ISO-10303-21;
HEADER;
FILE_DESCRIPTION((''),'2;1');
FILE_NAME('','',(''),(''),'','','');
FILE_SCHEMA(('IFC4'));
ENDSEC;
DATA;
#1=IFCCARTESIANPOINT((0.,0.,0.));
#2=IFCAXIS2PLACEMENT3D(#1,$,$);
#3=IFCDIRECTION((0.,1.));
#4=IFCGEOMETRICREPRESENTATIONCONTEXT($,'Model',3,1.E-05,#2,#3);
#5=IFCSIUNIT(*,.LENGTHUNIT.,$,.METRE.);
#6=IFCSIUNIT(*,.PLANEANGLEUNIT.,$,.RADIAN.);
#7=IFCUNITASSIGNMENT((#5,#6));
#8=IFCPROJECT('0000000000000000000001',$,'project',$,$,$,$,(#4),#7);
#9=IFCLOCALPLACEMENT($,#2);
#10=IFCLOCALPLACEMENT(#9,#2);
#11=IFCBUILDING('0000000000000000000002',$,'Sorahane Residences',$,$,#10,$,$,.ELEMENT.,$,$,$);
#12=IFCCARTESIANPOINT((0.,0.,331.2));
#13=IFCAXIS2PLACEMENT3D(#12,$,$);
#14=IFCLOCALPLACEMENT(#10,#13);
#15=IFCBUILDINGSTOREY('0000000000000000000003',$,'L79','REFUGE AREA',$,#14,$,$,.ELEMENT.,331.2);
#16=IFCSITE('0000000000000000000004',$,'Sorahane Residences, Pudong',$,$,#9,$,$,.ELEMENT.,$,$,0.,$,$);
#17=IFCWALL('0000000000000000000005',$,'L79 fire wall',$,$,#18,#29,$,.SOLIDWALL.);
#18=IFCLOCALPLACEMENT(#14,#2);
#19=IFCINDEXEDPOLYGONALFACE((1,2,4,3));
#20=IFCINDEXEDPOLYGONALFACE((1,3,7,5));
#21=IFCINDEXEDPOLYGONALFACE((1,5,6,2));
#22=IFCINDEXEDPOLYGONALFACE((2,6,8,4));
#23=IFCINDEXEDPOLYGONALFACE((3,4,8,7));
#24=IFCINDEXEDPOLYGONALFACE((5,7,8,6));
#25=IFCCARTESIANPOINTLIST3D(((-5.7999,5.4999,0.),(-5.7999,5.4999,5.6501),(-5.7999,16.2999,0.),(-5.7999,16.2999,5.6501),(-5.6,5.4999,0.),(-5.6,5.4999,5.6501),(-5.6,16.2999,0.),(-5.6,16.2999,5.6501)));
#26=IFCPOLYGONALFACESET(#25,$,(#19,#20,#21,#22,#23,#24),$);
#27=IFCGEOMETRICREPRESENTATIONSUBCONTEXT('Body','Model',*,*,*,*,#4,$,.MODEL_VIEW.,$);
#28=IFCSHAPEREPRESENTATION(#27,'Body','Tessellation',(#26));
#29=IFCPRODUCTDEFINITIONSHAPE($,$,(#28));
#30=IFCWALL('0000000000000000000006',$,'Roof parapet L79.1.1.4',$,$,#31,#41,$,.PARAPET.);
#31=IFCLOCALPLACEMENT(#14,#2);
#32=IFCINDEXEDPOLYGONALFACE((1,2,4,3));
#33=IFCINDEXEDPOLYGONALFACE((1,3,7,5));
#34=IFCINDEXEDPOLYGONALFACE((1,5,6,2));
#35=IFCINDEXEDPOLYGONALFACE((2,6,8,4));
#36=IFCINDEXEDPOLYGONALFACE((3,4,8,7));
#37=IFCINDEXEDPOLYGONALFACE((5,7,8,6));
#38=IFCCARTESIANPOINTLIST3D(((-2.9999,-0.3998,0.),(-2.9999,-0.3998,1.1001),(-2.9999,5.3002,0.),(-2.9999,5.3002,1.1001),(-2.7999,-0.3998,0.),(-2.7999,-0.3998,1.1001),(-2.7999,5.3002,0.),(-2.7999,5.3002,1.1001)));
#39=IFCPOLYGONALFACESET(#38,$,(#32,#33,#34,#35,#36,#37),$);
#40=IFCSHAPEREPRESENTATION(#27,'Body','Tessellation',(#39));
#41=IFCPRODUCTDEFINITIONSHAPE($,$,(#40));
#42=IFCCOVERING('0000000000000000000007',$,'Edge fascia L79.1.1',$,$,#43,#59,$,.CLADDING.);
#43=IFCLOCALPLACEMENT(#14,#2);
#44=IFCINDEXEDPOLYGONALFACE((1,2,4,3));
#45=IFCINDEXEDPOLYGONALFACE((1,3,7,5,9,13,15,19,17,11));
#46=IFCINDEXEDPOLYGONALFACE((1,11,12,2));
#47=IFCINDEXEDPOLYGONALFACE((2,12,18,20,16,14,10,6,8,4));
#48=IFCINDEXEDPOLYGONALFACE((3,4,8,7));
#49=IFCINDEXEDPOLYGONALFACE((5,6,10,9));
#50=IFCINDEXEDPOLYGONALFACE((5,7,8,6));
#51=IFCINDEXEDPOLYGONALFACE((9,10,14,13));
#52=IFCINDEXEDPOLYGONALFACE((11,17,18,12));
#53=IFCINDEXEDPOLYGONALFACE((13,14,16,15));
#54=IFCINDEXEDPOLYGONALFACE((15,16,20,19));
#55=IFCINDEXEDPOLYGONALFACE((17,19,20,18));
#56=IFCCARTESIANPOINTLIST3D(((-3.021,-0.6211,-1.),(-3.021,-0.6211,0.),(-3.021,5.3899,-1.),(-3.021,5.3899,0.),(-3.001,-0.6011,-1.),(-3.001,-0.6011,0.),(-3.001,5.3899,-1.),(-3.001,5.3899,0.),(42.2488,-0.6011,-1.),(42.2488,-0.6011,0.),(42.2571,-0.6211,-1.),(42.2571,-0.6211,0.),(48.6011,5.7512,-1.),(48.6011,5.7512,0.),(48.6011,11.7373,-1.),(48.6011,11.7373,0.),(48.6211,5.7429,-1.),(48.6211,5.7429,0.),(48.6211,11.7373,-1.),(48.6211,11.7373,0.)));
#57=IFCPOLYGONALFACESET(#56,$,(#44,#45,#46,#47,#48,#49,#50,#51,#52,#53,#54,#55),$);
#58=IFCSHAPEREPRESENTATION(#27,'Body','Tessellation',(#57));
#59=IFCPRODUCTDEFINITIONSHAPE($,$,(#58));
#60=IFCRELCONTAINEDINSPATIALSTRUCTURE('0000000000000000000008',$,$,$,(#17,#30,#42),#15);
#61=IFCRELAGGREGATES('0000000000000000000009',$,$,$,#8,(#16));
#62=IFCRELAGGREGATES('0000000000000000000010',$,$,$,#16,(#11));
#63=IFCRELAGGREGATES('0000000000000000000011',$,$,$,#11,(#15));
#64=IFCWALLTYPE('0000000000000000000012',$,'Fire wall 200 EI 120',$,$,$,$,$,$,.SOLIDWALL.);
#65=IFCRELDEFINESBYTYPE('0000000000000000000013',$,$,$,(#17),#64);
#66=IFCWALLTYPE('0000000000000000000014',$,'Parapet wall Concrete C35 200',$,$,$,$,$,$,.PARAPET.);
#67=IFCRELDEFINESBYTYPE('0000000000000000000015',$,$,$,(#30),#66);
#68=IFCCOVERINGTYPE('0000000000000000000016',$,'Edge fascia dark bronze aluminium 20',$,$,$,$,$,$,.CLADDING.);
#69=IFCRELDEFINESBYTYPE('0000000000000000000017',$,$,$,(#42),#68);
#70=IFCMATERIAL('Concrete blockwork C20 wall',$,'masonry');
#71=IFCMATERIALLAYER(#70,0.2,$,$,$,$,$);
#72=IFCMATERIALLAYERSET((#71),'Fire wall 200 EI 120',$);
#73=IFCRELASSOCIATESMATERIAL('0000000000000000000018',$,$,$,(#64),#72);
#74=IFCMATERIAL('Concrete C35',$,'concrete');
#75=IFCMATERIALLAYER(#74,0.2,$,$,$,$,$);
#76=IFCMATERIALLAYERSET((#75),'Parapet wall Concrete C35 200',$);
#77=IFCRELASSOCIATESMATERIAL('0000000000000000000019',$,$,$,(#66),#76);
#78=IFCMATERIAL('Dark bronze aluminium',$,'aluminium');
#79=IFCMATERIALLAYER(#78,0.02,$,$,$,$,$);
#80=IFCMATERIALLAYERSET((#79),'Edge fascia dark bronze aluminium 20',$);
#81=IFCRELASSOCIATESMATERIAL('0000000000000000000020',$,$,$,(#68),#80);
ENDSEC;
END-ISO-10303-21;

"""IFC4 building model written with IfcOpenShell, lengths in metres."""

from ifc_helpers import new_model, si_unit, direction, frame, frame_2d, origin, place, context, subcontext, project, spatial, polyline, rectangle, outline, extrude, material, layer, layer_set, type_object, element, save


model = new_model("IFC4")

# Units and contexts
model_context = context("Model", 3, precision=1e-05, world=origin(), true_north=direction((0.0, 1.0)))
body_context = subcontext(model_context, "Body", "Model", "MODEL_VIEW")
ifc_project = project(units=[si_unit("LENGTHUNIT", "METRE"), si_unit("PLANEANGLEUNIT", "RADIAN")], contexts=[model_context])

# Site, building, storey
site_placement = place(None, origin())
site = spatial("IfcSite", under=ifc_project, at=site_placement, Name="Sorahane Residences, Pudong", CompositionType="ELEMENT", RefElevation=0.0)
building_placement = place(site_placement, origin())
building = spatial("IfcBuilding", under=site, at=building_placement, Name="Sorahane Residences", CompositionType="ELEMENT")
storey_placement = place(building_placement, frame((0.0, 0.0, 331.2)))
storey = spatial("IfcBuildingStorey", under=building, at=storey_placement, Name="L79", Description="REFUGE AREA", CompositionType="ELEMENT", Elevation=331.2)

# Walls
ifc_material_1 = material(Name="Concrete blockwork C20 wall", Category="masonry")
ifc_layer_1 = layer(ifc_material_1, 0.2)
ifc_layer_set_1 = layer_set([ifc_layer_1], Name="Fire wall 200 EI 120")
wall_type_1 = type_object("IfcWallType", Name="Fire wall 200 EI 120", PredefinedType="SOLIDWALL", material=ifc_layer_set_1)
wall_1_placement = place(storey_placement, frame((-5.7, 5.5, 0.0), z_axis=(0.0, 0.0, 1.0), x_axis=(0.0, 1.0, 0.0)))
element("IfcWall", 1, at=wall_1_placement, inside=storey, type_object=wall_type_1, Name="L79 fire wall", PredefinedType="SOLIDWALL", context=body_context, shape_type="SweptSolid", body=[
    extrude(rectangle(XDim=10.8, YDim=0.2, at=frame_2d((5.3999, 0.0))), origin(), (0.0, 0.0, 1.0), 5.6501),
])
ifc_material_2 = material(Name="Concrete C35", Category="concrete")
ifc_layer_2 = layer(ifc_material_2, 0.2)
ifc_layer_set_2 = layer_set([ifc_layer_2], Name="Parapet wall Concrete C35 200")
wall_type_2 = type_object("IfcWallType", Name="Parapet wall Concrete C35 200", PredefinedType="PARAPET", material=ifc_layer_set_2)
wall_2_placement = place(storey_placement, frame((-2.8999, -0.3999, 0.0), z_axis=(0.0, 0.0, 1.0), x_axis=(0.0, 1.0, 0.0)))
element("IfcWall", 2, at=wall_2_placement, inside=storey, type_object=wall_type_2, Name="Roof parapet L79.1.1.4", PredefinedType="PARAPET", context=body_context, shape_type="SweptSolid", body=[
    extrude(rectangle(XDim=5.7, YDim=0.2, at=frame_2d((2.8501, 0.0))), origin(), (0.0, 0.0, 1.0), 1.1001),
])

# Covering
ifc_material_3 = material(Name="Dark bronze aluminium", Category="aluminium")
ifc_layer_3 = layer(ifc_material_3, 0.02)
ifc_layer_set_3 = layer_set([ifc_layer_3], Name="Edge fascia dark bronze aluminium 20")
covering_type = type_object("IfcCoveringType", Name="Edge fascia dark bronze aluminium 20", PredefinedType="CLADDING", material=ifc_layer_set_3)
covering_placement = place(storey_placement, frame((0.0, 0.0, -1.0)))
element("IfcCovering", 3, at=covering_placement, inside=storey, type_object=covering_type, Name="Edge fascia L79.1.1", PredefinedType="CLADDING", context=body_context, shape_type="SweptSolid", body=[
    extrude(outline(polyline([(48.6211, 5.7429), (42.2571, -0.6211), (-3.021, -0.6211), (-3.021, 5.3899), (-3.001, 5.3899), (-3.001, -0.6011), (42.2488, -0.6011), (48.6011, 5.7512), (48.6011, 11.7373), (48.6211, 11.7373), (48.6211, 5.7429)])), origin(), (0.0, 0.0, 1.0), 1.0),
])

save(model, "model.ifc")
